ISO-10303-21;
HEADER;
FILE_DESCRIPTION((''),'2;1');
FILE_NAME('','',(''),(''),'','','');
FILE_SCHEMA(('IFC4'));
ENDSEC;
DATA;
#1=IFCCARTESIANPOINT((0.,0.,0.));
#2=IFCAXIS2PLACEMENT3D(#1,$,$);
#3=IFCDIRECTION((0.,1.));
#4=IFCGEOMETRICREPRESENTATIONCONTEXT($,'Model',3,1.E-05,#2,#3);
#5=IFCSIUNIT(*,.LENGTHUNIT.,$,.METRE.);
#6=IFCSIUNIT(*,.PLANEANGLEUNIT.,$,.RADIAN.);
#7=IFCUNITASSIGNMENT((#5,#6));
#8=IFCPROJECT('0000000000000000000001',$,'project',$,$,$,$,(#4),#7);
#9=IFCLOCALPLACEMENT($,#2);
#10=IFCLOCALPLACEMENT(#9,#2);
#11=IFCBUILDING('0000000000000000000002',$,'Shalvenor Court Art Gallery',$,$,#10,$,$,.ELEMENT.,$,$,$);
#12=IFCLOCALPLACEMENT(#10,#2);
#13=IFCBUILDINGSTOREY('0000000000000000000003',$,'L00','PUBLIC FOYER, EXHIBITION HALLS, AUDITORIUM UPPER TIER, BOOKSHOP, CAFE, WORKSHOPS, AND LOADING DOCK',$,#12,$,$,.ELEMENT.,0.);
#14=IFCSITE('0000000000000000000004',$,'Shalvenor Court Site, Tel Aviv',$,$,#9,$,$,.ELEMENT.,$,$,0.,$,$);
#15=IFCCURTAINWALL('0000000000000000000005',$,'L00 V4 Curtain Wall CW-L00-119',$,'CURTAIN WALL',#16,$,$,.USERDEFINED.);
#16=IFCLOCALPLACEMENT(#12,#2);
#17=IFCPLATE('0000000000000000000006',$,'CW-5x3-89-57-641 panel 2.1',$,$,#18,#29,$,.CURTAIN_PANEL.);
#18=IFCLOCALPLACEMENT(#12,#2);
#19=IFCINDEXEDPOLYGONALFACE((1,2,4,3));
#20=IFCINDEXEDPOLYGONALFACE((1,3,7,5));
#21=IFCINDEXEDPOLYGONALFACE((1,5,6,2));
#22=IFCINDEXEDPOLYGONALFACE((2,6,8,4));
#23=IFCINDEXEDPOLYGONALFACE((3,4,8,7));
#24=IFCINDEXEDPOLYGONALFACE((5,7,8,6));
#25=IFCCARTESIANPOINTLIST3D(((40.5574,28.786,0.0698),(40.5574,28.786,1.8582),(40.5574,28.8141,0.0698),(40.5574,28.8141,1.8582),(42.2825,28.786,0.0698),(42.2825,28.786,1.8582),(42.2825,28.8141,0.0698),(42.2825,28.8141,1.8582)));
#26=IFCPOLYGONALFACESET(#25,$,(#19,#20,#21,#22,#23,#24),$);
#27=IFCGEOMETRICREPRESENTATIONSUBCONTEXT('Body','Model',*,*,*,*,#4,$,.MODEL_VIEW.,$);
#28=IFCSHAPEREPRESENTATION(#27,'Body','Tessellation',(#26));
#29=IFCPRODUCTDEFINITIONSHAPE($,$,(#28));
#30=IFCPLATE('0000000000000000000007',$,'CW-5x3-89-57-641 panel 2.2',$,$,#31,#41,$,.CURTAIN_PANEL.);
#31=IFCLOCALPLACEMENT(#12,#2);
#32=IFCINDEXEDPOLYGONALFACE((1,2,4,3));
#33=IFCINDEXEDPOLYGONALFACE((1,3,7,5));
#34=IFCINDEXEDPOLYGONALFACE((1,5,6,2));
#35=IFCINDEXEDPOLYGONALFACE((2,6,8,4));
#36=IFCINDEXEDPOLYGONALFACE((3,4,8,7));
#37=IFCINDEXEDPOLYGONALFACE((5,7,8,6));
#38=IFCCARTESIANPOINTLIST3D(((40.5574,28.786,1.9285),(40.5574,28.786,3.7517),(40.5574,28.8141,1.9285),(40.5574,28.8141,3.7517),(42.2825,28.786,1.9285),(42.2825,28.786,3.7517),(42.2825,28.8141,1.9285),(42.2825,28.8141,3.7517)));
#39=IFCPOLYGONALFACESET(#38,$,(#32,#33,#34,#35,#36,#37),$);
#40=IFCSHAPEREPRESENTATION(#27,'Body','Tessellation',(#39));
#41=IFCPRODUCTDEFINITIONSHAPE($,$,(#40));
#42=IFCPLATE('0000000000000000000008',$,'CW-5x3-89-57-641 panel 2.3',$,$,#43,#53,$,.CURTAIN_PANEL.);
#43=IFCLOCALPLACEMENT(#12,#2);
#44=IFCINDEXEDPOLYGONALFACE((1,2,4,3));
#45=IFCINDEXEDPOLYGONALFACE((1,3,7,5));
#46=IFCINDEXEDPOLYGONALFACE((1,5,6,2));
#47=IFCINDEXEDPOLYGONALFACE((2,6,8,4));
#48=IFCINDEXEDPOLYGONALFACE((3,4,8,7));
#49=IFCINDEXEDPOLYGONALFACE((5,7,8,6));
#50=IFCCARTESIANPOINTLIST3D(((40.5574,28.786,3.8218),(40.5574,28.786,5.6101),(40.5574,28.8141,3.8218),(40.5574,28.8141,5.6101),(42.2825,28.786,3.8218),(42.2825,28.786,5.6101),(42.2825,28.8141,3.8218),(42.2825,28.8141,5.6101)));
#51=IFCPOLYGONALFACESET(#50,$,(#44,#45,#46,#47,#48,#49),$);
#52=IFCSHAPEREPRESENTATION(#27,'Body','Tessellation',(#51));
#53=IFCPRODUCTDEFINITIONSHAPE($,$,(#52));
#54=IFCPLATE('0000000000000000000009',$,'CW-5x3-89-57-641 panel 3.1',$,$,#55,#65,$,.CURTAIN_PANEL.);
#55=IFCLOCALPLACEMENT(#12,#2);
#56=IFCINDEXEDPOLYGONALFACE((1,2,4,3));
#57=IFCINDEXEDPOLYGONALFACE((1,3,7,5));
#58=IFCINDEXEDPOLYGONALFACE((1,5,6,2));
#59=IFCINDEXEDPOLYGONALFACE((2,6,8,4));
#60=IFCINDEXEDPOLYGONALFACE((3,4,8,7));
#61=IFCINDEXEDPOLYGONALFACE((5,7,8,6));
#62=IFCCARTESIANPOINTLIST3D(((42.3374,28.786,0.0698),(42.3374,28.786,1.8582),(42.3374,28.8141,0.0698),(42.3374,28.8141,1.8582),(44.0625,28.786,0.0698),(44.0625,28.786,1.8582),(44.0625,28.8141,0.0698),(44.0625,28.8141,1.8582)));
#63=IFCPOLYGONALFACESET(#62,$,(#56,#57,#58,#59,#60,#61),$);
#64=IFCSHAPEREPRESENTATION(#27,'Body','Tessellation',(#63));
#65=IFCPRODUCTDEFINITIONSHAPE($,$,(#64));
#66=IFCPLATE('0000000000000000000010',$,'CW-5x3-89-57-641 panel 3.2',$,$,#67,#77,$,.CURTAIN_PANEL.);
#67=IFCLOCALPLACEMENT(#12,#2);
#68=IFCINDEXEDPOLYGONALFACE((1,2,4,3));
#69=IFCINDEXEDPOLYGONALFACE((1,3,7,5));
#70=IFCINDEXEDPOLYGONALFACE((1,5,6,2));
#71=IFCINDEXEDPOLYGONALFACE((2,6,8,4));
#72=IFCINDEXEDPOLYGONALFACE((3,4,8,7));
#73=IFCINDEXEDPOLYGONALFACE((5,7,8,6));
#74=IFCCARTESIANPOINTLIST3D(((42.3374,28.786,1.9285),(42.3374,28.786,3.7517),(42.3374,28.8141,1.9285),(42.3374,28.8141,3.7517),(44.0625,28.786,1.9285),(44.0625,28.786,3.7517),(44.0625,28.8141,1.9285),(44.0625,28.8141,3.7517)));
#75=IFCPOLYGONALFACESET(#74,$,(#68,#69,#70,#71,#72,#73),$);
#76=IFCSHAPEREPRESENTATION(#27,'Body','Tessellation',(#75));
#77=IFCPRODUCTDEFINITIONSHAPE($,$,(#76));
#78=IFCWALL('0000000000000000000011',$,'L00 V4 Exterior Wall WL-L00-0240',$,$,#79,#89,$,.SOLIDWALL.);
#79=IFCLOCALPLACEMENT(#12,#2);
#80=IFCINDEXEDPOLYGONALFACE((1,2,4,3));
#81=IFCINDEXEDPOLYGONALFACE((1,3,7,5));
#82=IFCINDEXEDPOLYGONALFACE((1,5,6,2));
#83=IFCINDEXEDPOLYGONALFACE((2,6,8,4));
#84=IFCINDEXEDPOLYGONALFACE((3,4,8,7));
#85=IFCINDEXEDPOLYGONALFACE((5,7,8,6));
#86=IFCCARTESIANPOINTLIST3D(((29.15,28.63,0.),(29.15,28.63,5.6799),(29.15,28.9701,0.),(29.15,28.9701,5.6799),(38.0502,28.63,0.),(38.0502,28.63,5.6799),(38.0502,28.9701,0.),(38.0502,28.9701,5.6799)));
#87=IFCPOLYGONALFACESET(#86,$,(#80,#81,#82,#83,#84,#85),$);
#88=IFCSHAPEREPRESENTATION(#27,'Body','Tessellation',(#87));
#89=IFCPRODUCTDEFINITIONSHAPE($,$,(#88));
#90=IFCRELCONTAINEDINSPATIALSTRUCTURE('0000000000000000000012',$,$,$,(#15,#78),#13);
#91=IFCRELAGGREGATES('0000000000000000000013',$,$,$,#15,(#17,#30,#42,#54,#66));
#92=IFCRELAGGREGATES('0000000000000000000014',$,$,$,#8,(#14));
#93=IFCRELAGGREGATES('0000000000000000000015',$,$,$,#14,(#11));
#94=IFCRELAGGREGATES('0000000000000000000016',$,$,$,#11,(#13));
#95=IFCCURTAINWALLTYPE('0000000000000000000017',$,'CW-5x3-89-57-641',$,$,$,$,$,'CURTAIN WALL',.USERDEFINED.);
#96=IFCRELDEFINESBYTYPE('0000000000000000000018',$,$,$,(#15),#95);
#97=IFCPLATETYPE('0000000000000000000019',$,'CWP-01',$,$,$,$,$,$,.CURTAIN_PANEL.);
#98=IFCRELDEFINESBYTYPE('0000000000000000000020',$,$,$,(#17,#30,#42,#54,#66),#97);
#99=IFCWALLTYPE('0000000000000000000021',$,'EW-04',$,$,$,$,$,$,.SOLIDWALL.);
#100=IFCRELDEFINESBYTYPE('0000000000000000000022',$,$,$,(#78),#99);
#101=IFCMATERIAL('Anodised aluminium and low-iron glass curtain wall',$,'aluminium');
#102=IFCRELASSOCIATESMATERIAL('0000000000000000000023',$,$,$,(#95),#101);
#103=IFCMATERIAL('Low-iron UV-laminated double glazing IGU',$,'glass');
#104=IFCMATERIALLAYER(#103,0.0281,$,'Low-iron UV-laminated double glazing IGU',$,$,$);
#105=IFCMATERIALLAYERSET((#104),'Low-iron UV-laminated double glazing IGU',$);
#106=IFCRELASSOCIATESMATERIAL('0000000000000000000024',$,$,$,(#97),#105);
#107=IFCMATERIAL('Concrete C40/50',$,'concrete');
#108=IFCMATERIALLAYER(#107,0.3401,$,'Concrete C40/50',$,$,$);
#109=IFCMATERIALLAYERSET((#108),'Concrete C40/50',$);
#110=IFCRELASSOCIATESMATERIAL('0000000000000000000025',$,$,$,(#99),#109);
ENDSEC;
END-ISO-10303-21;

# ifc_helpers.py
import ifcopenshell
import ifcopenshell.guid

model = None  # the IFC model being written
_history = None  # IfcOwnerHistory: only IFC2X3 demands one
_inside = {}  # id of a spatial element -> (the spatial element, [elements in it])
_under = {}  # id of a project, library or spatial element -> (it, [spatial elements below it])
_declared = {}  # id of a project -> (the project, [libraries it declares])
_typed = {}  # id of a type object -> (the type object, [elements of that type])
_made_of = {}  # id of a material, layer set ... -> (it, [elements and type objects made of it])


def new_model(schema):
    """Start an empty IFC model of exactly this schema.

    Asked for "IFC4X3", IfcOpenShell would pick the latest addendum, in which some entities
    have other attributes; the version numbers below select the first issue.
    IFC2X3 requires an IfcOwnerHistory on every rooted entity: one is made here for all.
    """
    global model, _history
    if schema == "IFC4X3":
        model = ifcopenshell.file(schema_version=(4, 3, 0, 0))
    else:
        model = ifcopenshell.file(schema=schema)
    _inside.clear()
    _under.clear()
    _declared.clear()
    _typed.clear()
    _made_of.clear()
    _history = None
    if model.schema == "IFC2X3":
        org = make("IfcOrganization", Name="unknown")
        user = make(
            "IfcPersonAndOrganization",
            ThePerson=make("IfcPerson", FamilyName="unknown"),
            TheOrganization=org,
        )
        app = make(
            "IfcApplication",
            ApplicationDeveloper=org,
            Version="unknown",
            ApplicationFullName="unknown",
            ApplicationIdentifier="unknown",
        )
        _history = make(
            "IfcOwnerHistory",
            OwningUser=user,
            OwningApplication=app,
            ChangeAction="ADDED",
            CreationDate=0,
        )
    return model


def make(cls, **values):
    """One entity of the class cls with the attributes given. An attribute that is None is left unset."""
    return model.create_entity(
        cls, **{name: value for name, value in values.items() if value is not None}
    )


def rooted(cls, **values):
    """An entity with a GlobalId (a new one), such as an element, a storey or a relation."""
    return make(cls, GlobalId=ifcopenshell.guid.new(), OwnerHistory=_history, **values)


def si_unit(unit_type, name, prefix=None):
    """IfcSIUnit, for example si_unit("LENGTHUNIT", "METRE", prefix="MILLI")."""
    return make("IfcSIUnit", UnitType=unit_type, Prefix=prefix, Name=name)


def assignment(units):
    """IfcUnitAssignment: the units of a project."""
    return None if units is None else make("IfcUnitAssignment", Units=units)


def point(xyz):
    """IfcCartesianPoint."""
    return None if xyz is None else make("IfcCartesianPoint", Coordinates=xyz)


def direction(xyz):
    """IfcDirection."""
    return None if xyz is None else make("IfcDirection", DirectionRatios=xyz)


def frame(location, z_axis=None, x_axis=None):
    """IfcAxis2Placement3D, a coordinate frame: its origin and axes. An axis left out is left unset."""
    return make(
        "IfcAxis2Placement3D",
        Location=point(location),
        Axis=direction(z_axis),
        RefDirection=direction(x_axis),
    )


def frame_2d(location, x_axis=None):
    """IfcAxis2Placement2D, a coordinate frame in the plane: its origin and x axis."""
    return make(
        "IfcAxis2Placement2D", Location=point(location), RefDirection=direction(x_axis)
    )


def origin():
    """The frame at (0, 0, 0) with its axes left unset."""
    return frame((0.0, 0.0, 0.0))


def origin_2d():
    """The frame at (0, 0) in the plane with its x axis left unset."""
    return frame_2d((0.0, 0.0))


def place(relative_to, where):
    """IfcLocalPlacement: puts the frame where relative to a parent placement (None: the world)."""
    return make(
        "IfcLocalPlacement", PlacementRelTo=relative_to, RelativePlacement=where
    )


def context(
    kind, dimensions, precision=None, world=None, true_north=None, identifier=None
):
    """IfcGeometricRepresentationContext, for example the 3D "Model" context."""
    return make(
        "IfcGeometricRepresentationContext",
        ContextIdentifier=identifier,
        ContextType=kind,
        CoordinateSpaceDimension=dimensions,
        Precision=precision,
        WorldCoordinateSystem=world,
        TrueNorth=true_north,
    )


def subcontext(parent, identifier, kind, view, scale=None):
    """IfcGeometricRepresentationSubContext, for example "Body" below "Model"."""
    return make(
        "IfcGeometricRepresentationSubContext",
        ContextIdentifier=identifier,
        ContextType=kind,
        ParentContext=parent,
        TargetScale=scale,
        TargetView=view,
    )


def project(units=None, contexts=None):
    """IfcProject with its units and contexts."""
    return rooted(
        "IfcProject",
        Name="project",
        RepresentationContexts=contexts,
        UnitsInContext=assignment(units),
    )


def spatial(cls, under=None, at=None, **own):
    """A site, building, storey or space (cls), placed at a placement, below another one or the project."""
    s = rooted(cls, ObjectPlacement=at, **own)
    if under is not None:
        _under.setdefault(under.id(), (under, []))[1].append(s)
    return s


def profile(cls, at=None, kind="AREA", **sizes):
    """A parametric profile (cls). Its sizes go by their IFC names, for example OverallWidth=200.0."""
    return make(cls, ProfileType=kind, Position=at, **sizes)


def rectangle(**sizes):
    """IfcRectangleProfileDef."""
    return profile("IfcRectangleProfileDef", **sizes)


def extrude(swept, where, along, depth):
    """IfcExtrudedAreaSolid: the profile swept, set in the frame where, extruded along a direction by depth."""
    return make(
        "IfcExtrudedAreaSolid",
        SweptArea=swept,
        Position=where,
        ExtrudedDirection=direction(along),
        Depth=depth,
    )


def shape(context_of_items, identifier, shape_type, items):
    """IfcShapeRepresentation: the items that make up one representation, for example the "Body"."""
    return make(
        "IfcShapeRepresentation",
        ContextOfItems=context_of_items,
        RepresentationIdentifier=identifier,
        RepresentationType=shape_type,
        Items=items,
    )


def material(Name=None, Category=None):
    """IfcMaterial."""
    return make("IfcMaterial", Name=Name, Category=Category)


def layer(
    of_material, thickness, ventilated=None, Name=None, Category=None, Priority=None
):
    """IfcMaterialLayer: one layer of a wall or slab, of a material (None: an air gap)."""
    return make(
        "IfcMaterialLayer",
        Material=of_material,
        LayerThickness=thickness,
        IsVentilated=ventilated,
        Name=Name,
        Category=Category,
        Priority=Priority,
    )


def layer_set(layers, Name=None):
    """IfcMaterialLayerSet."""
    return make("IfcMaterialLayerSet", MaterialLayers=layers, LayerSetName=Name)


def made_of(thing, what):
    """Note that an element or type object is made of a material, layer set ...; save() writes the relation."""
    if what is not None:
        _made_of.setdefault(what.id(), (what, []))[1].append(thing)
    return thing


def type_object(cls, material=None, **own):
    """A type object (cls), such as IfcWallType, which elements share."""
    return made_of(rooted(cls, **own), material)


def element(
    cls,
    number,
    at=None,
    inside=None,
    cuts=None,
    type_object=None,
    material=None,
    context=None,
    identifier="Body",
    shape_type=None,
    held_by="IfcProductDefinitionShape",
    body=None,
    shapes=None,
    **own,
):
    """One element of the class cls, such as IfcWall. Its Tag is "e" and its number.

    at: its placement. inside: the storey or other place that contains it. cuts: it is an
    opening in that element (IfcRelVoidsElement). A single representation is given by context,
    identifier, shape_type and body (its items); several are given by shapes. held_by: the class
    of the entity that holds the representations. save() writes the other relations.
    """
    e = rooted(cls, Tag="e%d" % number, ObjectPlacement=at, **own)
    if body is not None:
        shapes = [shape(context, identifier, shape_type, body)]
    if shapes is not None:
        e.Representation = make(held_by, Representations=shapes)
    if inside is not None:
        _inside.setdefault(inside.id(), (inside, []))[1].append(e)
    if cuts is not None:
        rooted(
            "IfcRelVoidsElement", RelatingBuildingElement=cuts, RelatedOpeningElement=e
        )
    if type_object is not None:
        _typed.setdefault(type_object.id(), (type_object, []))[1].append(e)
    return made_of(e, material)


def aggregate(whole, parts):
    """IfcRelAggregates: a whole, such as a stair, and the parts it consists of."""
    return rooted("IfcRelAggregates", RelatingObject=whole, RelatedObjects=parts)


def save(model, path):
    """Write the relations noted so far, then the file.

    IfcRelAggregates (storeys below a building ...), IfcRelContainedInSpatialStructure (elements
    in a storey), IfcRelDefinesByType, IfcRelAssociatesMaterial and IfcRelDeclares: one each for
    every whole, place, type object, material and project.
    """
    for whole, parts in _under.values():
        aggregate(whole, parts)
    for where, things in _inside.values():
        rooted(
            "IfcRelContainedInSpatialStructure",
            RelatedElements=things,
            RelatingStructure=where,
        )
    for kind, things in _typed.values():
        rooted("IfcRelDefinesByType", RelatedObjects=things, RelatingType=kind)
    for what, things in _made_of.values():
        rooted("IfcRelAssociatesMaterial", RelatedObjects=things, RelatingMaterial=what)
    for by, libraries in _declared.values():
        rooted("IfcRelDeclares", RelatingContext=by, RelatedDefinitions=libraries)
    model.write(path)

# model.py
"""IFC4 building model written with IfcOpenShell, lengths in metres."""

from ifc_helpers import new_model, si_unit, direction, frame, frame_2d, origin, origin_2d, place, context, subcontext, project, spatial, rectangle, extrude, material, layer, layer_set, type_object, element, aggregate, save


model = new_model("IFC4")

# Units and contexts
model_context = context("Model", 3, precision=1e-05, world=origin(), true_north=direction((0.0, 1.0)))
body_context = subcontext(model_context, "Body", "Model", "MODEL_VIEW")
ifc_project = project(units=[si_unit("LENGTHUNIT", "METRE"), si_unit("PLANEANGLEUNIT", "RADIAN")], contexts=[model_context])

# Site, building, storey
site_placement = place(None, origin())
site = spatial("IfcSite", under=ifc_project, at=site_placement, Name="Shalvenor Court Site, Tel Aviv", CompositionType="ELEMENT", RefElevation=0.0)
building_placement = place(site_placement, origin())
building = spatial("IfcBuilding", under=site, at=building_placement, Name="Shalvenor Court Art Gallery", CompositionType="ELEMENT")
storey_placement = place(building_placement, origin())
storey = spatial("IfcBuildingStorey", under=building, at=storey_placement, Name="L00", Description="PUBLIC FOYER, EXHIBITION HALLS, AUDITORIUM UPPER TIER, BOOKSHOP, CAFE, WORKSHOPS, AND LOADING DOCK", CompositionType="ELEMENT", Elevation=0.0)

# Curtain wall
ifc_material_1 = material(Name="Anodised aluminium and low-iron glass curtain wall", Category="aluminium")
curtain_wall_type_1 = type_object("IfcCurtainWallType", Name="CW-5x3-89-57-641", ElementType="CURTAIN WALL", PredefinedType="USERDEFINED", material=ifc_material_1)
curtain_wall_1_placement = place(storey_placement, origin())
curtain_wall_1 = element("IfcCurtainWall", 1, at=curtain_wall_1_placement, inside=storey, type_object=curtain_wall_type_1, Name="L00 V4 Curtain Wall CW-L00-119", ObjectType="CURTAIN WALL", PredefinedType="USERDEFINED")

# Plates
ifc_material_2 = material(Name="Low-iron UV-laminated double glazing IGU", Category="glass")
ifc_layer_1 = layer(ifc_material_2, 0.0281, Name="Low-iron UV-laminated double glazing IGU")
ifc_layer_set_1 = layer_set([ifc_layer_1], Name="Low-iron UV-laminated double glazing IGU")
plate_type = type_object("IfcPlateType", Name="CWP-01", PredefinedType="CURTAIN_PANEL", material=ifc_layer_set_1)
plate_1_placement = place(storey_placement, frame((41.4199, 28.8, 0.0698), z_axis=(0.0, 0.0, 1.0), x_axis=(1.0, 0.0, 0.0)))
plate_1 = element("IfcPlate", 2, at=plate_1_placement, type_object=plate_type, Name="CW-5x3-89-57-641 panel 2.1", PredefinedType="CURTAIN_PANEL", context=body_context, shape_type="SweptSolid", body=[
    extrude(rectangle(XDim=1.7251, YDim=0.0281, at=origin_2d()), origin(), (0.0, 0.0, 1.0), 1.7883),
])
plate_2_placement = place(storey_placement, frame((41.4199, 28.8, 1.9285), z_axis=(0.0, 0.0, 1.0), x_axis=(1.0, 0.0, 0.0)))
plate_2 = element("IfcPlate", 3, at=plate_2_placement, type_object=plate_type, Name="CW-5x3-89-57-641 panel 2.2", PredefinedType="CURTAIN_PANEL", context=body_context, shape_type="SweptSolid", body=[
    extrude(rectangle(XDim=1.7251, YDim=0.0281, at=origin_2d()), origin(), (0.0, 0.0, 1.0), 1.8232),
])
plate_3_placement = place(storey_placement, frame((41.4199, 28.8, 3.8218), z_axis=(0.0, 0.0, 1.0), x_axis=(1.0, 0.0, 0.0)))
plate_3 = element("IfcPlate", 4, at=plate_3_placement, type_object=plate_type, Name="CW-5x3-89-57-641 panel 2.3", PredefinedType="CURTAIN_PANEL", context=body_context, shape_type="SweptSolid", body=[
    extrude(rectangle(XDim=1.7251, YDim=0.0281, at=origin_2d()), origin(), (0.0, 0.0, 1.0), 1.7883),
])
plate_4_placement = place(storey_placement, frame((43.2, 28.8, 0.0698), z_axis=(0.0, 0.0, 1.0), x_axis=(1.0, 0.0, 0.0)))
plate_4 = element("IfcPlate", 5, at=plate_4_placement, type_object=plate_type, Name="CW-5x3-89-57-641 panel 3.1", PredefinedType="CURTAIN_PANEL", context=body_context, shape_type="SweptSolid", body=[
    extrude(rectangle(XDim=1.7251, YDim=0.0281, at=origin_2d()), origin(), (0.0, 0.0, 1.0), 1.7883),
])
plate_5_placement = place(storey_placement, frame((43.2, 28.8, 1.9285), z_axis=(0.0, 0.0, 1.0), x_axis=(1.0, 0.0, 0.0)))
plate_5 = element("IfcPlate", 6, at=plate_5_placement, type_object=plate_type, Name="CW-5x3-89-57-641 panel 3.2", PredefinedType="CURTAIN_PANEL", context=body_context, shape_type="SweptSolid", body=[
    extrude(rectangle(XDim=1.7251, YDim=0.0281, at=origin_2d()), origin(), (0.0, 0.0, 1.0), 1.8232),
])
aggregate(curtain_wall_1, [plate_1, plate_2, plate_3, plate_4, plate_5])

# Wall
ifc_material_3 = material(Name="Concrete C40/50", Category="concrete")
ifc_layer_2 = layer(ifc_material_3, 0.3401, Name="Concrete C40/50")
ifc_layer_set_2 = layer_set([ifc_layer_2], Name="Concrete C40/50")
wall_type = type_object("IfcWallType", Name="EW-04", PredefinedType="SOLIDWALL", material=ifc_layer_set_2)
wall_placement = place(storey_placement, frame((29.1499, 28.8, 0.0), z_axis=(0.0, 0.0, 1.0), x_axis=(1.0, 0.0, 0.0)))
element("IfcWall", 7, at=wall_placement, inside=storey, type_object=wall_type, Name="L00 V4 Exterior Wall WL-L00-0240", PredefinedType="SOLIDWALL", context=body_context, shape_type="SweptSolid", body=[
    extrude(rectangle(XDim=8.9001, YDim=0.3401, at=frame_2d((4.4502, 0.0))), origin(), (0.0, 0.0, 1.0), 5.6799),
])

save(model, "model.ifc")
